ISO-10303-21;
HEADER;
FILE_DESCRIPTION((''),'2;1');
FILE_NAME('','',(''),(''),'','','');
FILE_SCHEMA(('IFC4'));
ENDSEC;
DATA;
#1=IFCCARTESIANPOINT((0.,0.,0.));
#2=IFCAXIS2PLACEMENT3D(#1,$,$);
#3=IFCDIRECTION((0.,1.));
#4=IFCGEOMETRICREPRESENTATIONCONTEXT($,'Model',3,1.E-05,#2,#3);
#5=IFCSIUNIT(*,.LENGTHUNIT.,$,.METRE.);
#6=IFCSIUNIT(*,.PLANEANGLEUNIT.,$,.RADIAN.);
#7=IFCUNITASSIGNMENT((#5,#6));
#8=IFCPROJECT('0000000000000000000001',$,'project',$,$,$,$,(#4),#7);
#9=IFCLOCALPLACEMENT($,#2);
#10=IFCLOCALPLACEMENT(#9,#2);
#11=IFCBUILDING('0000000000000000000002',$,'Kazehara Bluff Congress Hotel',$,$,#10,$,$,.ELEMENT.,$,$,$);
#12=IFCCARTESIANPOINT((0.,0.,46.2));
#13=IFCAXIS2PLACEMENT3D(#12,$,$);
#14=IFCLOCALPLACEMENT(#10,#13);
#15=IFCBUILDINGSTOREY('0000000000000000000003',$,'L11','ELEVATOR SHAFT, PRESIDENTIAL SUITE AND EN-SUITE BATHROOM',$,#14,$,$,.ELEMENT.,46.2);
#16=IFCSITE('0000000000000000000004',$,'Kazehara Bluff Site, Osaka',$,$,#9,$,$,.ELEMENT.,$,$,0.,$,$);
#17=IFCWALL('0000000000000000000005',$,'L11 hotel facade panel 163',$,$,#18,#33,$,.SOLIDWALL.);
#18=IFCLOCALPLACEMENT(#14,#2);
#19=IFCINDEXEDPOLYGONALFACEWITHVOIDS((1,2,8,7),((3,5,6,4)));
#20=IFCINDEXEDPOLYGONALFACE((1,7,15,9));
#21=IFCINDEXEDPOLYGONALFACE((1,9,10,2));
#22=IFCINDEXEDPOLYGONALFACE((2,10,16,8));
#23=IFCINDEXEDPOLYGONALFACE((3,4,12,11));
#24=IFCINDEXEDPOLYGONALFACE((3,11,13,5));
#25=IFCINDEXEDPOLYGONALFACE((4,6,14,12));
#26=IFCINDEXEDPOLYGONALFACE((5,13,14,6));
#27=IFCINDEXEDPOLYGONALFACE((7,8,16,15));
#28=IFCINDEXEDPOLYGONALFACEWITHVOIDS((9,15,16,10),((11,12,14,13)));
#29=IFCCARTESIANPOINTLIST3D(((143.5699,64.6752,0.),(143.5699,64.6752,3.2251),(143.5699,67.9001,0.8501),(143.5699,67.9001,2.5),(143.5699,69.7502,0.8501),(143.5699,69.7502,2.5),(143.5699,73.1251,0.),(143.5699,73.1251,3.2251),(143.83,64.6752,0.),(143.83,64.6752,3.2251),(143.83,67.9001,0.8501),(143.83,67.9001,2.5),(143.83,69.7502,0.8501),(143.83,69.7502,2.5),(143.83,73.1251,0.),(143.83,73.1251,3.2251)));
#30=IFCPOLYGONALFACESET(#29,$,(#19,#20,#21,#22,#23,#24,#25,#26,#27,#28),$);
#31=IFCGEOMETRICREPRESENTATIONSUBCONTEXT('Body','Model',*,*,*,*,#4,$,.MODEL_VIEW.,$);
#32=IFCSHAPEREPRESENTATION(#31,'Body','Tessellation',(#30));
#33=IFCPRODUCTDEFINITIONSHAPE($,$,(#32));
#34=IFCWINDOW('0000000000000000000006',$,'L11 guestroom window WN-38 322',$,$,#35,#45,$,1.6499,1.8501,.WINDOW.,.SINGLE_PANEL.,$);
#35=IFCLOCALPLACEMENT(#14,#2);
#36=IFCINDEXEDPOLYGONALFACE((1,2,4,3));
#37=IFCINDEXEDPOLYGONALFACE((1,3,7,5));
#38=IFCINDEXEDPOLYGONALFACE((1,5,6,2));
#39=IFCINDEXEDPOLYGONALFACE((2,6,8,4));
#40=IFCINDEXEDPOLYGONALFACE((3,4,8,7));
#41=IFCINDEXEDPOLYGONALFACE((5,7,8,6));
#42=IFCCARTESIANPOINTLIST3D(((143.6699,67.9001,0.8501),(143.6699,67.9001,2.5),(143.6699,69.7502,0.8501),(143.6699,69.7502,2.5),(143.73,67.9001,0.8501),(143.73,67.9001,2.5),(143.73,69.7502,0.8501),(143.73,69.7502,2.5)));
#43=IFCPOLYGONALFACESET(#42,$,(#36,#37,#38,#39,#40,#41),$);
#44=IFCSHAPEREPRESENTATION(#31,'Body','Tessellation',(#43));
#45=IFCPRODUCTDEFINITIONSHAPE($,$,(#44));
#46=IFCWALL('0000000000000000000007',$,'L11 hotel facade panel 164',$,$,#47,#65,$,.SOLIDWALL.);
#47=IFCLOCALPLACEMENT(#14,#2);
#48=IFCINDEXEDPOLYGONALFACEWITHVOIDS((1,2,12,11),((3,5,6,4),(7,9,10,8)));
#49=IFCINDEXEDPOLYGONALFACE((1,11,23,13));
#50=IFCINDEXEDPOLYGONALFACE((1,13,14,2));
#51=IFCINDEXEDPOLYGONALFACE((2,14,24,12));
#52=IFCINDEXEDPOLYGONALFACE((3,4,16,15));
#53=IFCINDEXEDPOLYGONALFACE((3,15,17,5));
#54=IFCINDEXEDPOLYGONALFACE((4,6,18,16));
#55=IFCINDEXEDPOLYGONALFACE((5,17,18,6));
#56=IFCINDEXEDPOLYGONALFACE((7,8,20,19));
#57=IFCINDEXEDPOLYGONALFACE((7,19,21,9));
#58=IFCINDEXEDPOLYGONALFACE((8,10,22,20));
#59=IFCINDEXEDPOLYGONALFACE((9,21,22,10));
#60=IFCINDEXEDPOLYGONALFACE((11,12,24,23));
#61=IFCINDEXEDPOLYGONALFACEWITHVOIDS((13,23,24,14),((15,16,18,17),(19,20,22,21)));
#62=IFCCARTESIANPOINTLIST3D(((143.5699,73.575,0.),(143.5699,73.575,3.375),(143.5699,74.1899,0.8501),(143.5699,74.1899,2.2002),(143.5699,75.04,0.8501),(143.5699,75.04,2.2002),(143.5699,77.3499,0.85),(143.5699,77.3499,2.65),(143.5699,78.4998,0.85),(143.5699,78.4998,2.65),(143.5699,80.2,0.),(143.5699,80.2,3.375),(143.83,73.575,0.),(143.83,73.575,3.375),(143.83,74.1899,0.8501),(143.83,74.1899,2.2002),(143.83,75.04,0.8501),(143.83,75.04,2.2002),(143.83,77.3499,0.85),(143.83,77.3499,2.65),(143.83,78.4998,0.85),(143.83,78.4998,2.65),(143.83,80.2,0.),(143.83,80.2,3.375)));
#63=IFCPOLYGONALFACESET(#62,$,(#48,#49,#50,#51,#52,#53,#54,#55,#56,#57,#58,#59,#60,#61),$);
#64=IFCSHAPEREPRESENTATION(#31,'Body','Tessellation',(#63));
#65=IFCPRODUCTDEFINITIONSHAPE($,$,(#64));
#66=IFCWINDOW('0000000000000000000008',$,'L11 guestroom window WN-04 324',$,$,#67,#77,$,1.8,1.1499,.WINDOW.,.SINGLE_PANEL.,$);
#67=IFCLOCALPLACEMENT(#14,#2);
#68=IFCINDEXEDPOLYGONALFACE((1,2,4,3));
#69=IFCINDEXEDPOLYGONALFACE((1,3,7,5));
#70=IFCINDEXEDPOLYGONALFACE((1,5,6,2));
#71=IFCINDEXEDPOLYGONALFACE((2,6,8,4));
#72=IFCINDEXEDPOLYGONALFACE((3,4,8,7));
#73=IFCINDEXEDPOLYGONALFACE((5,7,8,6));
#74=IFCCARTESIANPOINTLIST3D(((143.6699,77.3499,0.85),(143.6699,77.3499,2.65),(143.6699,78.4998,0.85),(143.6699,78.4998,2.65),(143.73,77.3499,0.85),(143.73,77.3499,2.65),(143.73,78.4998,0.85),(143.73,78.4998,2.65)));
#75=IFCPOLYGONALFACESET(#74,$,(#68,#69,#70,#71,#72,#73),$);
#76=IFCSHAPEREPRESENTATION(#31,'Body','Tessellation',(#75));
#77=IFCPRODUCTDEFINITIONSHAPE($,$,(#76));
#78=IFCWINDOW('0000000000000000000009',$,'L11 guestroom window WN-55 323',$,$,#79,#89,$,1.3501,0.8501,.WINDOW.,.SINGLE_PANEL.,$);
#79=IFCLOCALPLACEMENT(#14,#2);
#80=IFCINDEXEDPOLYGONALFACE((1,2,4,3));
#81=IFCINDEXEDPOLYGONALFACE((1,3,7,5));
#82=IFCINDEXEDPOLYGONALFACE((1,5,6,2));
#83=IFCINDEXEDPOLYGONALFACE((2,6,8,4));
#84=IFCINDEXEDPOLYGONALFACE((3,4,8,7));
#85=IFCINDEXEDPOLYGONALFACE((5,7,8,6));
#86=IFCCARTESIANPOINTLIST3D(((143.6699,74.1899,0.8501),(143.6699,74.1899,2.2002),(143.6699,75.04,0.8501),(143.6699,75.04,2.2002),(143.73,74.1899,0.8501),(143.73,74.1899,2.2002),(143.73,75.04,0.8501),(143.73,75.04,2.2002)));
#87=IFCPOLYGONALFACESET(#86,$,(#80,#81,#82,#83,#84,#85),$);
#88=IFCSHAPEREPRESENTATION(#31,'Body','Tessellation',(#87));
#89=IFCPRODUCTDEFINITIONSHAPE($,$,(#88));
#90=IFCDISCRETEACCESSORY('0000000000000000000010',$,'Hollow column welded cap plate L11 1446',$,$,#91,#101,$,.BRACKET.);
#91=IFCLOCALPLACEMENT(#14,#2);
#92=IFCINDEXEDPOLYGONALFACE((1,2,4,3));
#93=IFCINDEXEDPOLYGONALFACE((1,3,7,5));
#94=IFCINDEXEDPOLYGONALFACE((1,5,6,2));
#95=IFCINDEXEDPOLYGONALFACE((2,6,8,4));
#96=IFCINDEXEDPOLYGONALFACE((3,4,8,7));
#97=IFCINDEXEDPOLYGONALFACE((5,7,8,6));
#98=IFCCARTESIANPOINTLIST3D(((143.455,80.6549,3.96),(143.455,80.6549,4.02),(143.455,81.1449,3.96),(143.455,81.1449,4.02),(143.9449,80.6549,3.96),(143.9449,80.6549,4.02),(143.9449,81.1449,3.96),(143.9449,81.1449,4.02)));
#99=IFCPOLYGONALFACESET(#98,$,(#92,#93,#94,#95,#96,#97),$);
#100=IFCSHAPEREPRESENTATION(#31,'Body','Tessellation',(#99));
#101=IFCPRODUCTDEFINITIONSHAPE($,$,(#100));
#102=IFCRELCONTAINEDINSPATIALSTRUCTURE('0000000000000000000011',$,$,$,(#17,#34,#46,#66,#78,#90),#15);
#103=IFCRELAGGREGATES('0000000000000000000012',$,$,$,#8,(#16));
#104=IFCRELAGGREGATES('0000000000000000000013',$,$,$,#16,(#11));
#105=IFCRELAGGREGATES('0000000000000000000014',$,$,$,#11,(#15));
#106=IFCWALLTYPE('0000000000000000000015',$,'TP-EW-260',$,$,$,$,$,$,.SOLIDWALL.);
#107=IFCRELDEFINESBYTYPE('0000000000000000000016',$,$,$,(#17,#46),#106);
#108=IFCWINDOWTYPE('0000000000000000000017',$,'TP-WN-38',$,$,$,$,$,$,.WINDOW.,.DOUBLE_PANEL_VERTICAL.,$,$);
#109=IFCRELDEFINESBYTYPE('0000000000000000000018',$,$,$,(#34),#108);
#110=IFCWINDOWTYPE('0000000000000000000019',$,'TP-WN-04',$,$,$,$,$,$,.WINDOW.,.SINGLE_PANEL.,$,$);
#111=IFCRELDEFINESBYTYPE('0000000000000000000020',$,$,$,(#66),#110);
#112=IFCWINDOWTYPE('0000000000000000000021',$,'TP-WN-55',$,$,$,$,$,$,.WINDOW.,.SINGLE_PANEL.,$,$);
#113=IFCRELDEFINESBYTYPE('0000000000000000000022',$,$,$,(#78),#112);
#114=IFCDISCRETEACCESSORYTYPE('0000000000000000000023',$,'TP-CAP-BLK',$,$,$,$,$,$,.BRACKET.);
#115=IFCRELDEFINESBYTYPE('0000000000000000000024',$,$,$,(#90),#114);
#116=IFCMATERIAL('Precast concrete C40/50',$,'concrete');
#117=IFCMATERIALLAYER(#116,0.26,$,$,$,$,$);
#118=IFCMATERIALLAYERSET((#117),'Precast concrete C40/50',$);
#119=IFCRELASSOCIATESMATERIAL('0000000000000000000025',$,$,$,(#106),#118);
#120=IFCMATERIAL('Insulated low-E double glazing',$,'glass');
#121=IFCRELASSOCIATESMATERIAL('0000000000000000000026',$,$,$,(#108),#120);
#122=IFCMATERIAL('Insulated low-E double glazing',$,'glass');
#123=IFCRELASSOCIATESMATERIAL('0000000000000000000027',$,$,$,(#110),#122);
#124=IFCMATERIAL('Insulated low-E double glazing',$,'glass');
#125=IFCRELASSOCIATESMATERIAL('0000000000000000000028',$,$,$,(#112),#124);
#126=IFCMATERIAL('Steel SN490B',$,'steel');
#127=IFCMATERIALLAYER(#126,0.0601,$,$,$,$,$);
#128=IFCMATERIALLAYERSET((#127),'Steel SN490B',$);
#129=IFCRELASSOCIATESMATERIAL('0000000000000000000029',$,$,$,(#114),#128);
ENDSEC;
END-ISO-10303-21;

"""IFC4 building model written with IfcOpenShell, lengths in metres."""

from ifc_helpers import new_model, si_unit, direction, frame, frame_2d, origin, origin_2d, place, context, subcontext, project, spatial, rectangle, extrude, material, layer, layer_set, type_object, element, fill, save


model = new_model("IFC4")

# Units and contexts
model_context = context("Model", 3, precision=1e-05, world=origin(), true_north=direction((0.0, 1.0)))
body_context = subcontext(model_context, "Body", "Model", "MODEL_VIEW")
ifc_project = project(units=[si_unit("LENGTHUNIT", "METRE"), si_unit("PLANEANGLEUNIT", "RADIAN")], contexts=[model_context])

# Site, building, storey
site_placement = place(None, origin())
site = spatial("IfcSite", under=ifc_project, at=site_placement, Name="Kazehara Bluff Site, Osaka", CompositionType="ELEMENT", RefElevation=0.0)
building_placement = place(site_placement, origin())
building = spatial("IfcBuilding", under=site, at=building_placement, Name="Kazehara Bluff Congress Hotel", CompositionType="ELEMENT")
storey_placement = place(building_placement, frame((0.0, 0.0, 46.2)))
storey = spatial("IfcBuildingStorey", under=building, at=storey_placement, Name="L11", Description="ELEVATOR SHAFT, PRESIDENTIAL SUITE AND EN-SUITE BATHROOM", CompositionType="ELEMENT", Elevation=46.2)

# Wall, opening, window
ifc_material_1 = material(Name="Precast concrete C40/50", Category="concrete")
ifc_layer_1 = layer(ifc_material_1, 0.26)
ifc_layer_set_1 = layer_set([ifc_layer_1], Name="Precast concrete C40/50")
wall_type = type_object("IfcWallType", Name="TP-EW-260", PredefinedType="SOLIDWALL", material=ifc_layer_set_1)
wall_1_placement = place(storey_placement, frame((143.7, 64.675, 0.0), z_axis=(0.0, 0.0, 1.0), x_axis=(0.0, 1.0, 0.0)))
wall_1 = element("IfcWall", 1, at=wall_1_placement, inside=storey, type_object=wall_type, Name="L11 hotel facade panel 163", PredefinedType="SOLIDWALL", context=body_context, shape_type="SweptSolid", body=[
    extrude(rectangle(XDim=8.45, YDim=0.26, at=frame_2d((4.2251, 0.0))), origin(), (0.0, 0.0, 1.0), 3.2251),
])
opening_1_placement = place(wall_1_placement, frame((3.2251, 0.0, 0.8501)))
opening_1 = element("IfcOpeningElement", 2, at=opening_1_placement, cuts=wall_1, PredefinedType="OPENING", context=body_context, shape_type="SweptSolid", body=[
    extrude(rectangle(XDim=1.8501, YDim=1.6499, at=frame_2d((0.925, 0.825))), frame((0.0, 0.1399, 0.0), z_axis=(0.0, -1.0, 0.0), x_axis=(1.0, 0.0, 0.0)), (0.0, 0.0, 1.0), 0.28),
])
ifc_material_2 = material(Name="Insulated low-E double glazing", Category="glass")
window_type_1 = type_object("IfcWindowType", Name="TP-WN-38", PartitioningType="DOUBLE_PANEL_VERTICAL", PredefinedType="WINDOW", material=ifc_material_2)
window_1_placement = place(opening_1_placement, origin())
window_1 = element("IfcWindow", 3, at=window_1_placement, inside=storey, type_object=window_type_1, Name="L11 guestroom window WN-38 322", OverallHeight=1.6499, OverallWidth=1.8501, PartitioningType="SINGLE_PANEL", PredefinedType="WINDOW", context=body_context, shape_type="SweptSolid", body=[
    extrude(rectangle(XDim=1.8501, YDim=1.6499, at=frame_2d((0.925, 0.825))), frame((0.0, 0.03, 0.0), z_axis=(0.0, -1.0, 0.0), x_axis=(1.0, 0.0, 0.0)), (0.0, 0.0, 1.0), 0.0601),
])
fill(opening_1, window_1)

# Wall, openings, windows
wall_2_placement = place(storey_placement, frame((143.7, 73.575, 0.0), z_axis=(0.0, 0.0, 1.0), x_axis=(0.0, 1.0, 0.0)))
wall_2 = element("IfcWall", 4, at=wall_2_placement, inside=storey, type_object=wall_type, Name="L11 hotel facade panel 164", PredefinedType="SOLIDWALL", context=body_context, shape_type="SweptSolid", body=[
    extrude(rectangle(XDim=6.625, YDim=0.26, at=frame_2d((3.3125, 0.0))), origin(), (0.0, 0.0, 1.0), 3.375),
])
opening_2_placement = place(wall_2_placement, frame((0.615, 0.0, 0.8501)))
opening_2 = element("IfcOpeningElement", 5, at=opening_2_placement, cuts=wall_2, PredefinedType="OPENING", context=body_context, shape_type="SweptSolid", body=[
    extrude(rectangle(XDim=0.8501, YDim=1.3501, at=frame_2d((0.425, 0.675))), frame((0.0, 0.1399, 0.0), z_axis=(0.0, -1.0, 0.0), x_axis=(1.0, 0.0, 0.0)), (0.0, 0.0, 1.0), 0.28),
])
opening_3_placement = place(wall_2_placement, frame((3.7749, 0.0, 0.8501)))
opening_3 = element("IfcOpeningElement", 6, at=opening_3_placement, cuts=wall_2, PredefinedType="OPENING", context=body_context, shape_type="SweptSolid", body=[
    extrude(rectangle(XDim=1.1499, YDim=1.8, at=frame_2d((0.575, 0.8999))), frame((0.0, 0.1399, 0.0), z_axis=(0.0, -1.0, 0.0), x_axis=(1.0, 0.0, 0.0)), (0.0, 0.0, 1.0), 0.28),
])
ifc_material_3 = material(Name="Insulated low-E double glazing", Category="glass")
window_type_2 = type_object("IfcWindowType", Name="TP-WN-04", PartitioningType="SINGLE_PANEL", PredefinedType="WINDOW", material=ifc_material_3)
window_2_placement = place(opening_3_placement, origin())
window_2 = element("IfcWindow", 7, at=window_2_placement, inside=storey, type_object=window_type_2, Name="L11 guestroom window WN-04 324", OverallHeight=1.8, OverallWidth=1.1499, PartitioningType="SINGLE_PANEL", PredefinedType="WINDOW", context=body_context, shape_type="SweptSolid", body=[
    extrude(rectangle(XDim=1.1499, YDim=1.8, at=frame_2d((0.575, 0.8999))), frame((0.0, 0.03, 0.0), z_axis=(0.0, -1.0, 0.0), x_axis=(1.0, 0.0, 0.0)), (0.0, 0.0, 1.0), 0.0601),
])
fill(opening_3, window_2)
ifc_material_4 = material(Name="Insulated low-E double glazing", Category="glass")
window_type_3 = type_object("IfcWindowType", Name="TP-WN-55", PartitioningType="SINGLE_PANEL", PredefinedType="WINDOW", material=ifc_material_4)
window_3_placement = place(opening_2_placement, origin())
window_3 = element("IfcWindow", 8, at=window_3_placement, inside=storey, type_object=window_type_3, Name="L11 guestroom window WN-55 323", OverallHeight=1.3501, OverallWidth=0.8501, PartitioningType="SINGLE_PANEL", PredefinedType="WINDOW", context=body_context, shape_type="SweptSolid", body=[
    extrude(rectangle(XDim=0.8501, YDim=1.3501, at=frame_2d((0.425, 0.675))), frame((0.0, 0.03, 0.0), z_axis=(0.0, -1.0, 0.0), x_axis=(1.0, 0.0, 0.0)), (0.0, 0.0, 1.0), 0.0601),
])
fill(opening_2, window_3)

# Discrete accessory
ifc_material_5 = material(Name="Steel SN490B", Category="steel")
ifc_layer_2 = layer(ifc_material_5, 0.0601)
ifc_layer_set_2 = layer_set([ifc_layer_2], Name="Steel SN490B")
discrete_accessory_type = type_object("IfcDiscreteAccessoryType", Name="TP-CAP-BLK", PredefinedType="BRACKET", material=ifc_layer_set_2)
discrete_accessory_placement = place(storey_placement, frame((143.7, 80.8999, 3.96), z_axis=(0.0, 0.0, 1.0), x_axis=(1.0, 0.0, 0.0)))
element("IfcDiscreteAccessory", 9, at=discrete_accessory_placement, inside=storey, type_object=discrete_accessory_type, Name="Hollow column welded cap plate L11 1446", PredefinedType="BRACKET", context=body_context, shape_type="SweptSolid", body=[
    extrude(rectangle(XDim=0.49, YDim=0.49, at=origin_2d()), origin(), (0.0, 0.0, 1.0), 0.0601),
])

save(model, "model.ifc")
